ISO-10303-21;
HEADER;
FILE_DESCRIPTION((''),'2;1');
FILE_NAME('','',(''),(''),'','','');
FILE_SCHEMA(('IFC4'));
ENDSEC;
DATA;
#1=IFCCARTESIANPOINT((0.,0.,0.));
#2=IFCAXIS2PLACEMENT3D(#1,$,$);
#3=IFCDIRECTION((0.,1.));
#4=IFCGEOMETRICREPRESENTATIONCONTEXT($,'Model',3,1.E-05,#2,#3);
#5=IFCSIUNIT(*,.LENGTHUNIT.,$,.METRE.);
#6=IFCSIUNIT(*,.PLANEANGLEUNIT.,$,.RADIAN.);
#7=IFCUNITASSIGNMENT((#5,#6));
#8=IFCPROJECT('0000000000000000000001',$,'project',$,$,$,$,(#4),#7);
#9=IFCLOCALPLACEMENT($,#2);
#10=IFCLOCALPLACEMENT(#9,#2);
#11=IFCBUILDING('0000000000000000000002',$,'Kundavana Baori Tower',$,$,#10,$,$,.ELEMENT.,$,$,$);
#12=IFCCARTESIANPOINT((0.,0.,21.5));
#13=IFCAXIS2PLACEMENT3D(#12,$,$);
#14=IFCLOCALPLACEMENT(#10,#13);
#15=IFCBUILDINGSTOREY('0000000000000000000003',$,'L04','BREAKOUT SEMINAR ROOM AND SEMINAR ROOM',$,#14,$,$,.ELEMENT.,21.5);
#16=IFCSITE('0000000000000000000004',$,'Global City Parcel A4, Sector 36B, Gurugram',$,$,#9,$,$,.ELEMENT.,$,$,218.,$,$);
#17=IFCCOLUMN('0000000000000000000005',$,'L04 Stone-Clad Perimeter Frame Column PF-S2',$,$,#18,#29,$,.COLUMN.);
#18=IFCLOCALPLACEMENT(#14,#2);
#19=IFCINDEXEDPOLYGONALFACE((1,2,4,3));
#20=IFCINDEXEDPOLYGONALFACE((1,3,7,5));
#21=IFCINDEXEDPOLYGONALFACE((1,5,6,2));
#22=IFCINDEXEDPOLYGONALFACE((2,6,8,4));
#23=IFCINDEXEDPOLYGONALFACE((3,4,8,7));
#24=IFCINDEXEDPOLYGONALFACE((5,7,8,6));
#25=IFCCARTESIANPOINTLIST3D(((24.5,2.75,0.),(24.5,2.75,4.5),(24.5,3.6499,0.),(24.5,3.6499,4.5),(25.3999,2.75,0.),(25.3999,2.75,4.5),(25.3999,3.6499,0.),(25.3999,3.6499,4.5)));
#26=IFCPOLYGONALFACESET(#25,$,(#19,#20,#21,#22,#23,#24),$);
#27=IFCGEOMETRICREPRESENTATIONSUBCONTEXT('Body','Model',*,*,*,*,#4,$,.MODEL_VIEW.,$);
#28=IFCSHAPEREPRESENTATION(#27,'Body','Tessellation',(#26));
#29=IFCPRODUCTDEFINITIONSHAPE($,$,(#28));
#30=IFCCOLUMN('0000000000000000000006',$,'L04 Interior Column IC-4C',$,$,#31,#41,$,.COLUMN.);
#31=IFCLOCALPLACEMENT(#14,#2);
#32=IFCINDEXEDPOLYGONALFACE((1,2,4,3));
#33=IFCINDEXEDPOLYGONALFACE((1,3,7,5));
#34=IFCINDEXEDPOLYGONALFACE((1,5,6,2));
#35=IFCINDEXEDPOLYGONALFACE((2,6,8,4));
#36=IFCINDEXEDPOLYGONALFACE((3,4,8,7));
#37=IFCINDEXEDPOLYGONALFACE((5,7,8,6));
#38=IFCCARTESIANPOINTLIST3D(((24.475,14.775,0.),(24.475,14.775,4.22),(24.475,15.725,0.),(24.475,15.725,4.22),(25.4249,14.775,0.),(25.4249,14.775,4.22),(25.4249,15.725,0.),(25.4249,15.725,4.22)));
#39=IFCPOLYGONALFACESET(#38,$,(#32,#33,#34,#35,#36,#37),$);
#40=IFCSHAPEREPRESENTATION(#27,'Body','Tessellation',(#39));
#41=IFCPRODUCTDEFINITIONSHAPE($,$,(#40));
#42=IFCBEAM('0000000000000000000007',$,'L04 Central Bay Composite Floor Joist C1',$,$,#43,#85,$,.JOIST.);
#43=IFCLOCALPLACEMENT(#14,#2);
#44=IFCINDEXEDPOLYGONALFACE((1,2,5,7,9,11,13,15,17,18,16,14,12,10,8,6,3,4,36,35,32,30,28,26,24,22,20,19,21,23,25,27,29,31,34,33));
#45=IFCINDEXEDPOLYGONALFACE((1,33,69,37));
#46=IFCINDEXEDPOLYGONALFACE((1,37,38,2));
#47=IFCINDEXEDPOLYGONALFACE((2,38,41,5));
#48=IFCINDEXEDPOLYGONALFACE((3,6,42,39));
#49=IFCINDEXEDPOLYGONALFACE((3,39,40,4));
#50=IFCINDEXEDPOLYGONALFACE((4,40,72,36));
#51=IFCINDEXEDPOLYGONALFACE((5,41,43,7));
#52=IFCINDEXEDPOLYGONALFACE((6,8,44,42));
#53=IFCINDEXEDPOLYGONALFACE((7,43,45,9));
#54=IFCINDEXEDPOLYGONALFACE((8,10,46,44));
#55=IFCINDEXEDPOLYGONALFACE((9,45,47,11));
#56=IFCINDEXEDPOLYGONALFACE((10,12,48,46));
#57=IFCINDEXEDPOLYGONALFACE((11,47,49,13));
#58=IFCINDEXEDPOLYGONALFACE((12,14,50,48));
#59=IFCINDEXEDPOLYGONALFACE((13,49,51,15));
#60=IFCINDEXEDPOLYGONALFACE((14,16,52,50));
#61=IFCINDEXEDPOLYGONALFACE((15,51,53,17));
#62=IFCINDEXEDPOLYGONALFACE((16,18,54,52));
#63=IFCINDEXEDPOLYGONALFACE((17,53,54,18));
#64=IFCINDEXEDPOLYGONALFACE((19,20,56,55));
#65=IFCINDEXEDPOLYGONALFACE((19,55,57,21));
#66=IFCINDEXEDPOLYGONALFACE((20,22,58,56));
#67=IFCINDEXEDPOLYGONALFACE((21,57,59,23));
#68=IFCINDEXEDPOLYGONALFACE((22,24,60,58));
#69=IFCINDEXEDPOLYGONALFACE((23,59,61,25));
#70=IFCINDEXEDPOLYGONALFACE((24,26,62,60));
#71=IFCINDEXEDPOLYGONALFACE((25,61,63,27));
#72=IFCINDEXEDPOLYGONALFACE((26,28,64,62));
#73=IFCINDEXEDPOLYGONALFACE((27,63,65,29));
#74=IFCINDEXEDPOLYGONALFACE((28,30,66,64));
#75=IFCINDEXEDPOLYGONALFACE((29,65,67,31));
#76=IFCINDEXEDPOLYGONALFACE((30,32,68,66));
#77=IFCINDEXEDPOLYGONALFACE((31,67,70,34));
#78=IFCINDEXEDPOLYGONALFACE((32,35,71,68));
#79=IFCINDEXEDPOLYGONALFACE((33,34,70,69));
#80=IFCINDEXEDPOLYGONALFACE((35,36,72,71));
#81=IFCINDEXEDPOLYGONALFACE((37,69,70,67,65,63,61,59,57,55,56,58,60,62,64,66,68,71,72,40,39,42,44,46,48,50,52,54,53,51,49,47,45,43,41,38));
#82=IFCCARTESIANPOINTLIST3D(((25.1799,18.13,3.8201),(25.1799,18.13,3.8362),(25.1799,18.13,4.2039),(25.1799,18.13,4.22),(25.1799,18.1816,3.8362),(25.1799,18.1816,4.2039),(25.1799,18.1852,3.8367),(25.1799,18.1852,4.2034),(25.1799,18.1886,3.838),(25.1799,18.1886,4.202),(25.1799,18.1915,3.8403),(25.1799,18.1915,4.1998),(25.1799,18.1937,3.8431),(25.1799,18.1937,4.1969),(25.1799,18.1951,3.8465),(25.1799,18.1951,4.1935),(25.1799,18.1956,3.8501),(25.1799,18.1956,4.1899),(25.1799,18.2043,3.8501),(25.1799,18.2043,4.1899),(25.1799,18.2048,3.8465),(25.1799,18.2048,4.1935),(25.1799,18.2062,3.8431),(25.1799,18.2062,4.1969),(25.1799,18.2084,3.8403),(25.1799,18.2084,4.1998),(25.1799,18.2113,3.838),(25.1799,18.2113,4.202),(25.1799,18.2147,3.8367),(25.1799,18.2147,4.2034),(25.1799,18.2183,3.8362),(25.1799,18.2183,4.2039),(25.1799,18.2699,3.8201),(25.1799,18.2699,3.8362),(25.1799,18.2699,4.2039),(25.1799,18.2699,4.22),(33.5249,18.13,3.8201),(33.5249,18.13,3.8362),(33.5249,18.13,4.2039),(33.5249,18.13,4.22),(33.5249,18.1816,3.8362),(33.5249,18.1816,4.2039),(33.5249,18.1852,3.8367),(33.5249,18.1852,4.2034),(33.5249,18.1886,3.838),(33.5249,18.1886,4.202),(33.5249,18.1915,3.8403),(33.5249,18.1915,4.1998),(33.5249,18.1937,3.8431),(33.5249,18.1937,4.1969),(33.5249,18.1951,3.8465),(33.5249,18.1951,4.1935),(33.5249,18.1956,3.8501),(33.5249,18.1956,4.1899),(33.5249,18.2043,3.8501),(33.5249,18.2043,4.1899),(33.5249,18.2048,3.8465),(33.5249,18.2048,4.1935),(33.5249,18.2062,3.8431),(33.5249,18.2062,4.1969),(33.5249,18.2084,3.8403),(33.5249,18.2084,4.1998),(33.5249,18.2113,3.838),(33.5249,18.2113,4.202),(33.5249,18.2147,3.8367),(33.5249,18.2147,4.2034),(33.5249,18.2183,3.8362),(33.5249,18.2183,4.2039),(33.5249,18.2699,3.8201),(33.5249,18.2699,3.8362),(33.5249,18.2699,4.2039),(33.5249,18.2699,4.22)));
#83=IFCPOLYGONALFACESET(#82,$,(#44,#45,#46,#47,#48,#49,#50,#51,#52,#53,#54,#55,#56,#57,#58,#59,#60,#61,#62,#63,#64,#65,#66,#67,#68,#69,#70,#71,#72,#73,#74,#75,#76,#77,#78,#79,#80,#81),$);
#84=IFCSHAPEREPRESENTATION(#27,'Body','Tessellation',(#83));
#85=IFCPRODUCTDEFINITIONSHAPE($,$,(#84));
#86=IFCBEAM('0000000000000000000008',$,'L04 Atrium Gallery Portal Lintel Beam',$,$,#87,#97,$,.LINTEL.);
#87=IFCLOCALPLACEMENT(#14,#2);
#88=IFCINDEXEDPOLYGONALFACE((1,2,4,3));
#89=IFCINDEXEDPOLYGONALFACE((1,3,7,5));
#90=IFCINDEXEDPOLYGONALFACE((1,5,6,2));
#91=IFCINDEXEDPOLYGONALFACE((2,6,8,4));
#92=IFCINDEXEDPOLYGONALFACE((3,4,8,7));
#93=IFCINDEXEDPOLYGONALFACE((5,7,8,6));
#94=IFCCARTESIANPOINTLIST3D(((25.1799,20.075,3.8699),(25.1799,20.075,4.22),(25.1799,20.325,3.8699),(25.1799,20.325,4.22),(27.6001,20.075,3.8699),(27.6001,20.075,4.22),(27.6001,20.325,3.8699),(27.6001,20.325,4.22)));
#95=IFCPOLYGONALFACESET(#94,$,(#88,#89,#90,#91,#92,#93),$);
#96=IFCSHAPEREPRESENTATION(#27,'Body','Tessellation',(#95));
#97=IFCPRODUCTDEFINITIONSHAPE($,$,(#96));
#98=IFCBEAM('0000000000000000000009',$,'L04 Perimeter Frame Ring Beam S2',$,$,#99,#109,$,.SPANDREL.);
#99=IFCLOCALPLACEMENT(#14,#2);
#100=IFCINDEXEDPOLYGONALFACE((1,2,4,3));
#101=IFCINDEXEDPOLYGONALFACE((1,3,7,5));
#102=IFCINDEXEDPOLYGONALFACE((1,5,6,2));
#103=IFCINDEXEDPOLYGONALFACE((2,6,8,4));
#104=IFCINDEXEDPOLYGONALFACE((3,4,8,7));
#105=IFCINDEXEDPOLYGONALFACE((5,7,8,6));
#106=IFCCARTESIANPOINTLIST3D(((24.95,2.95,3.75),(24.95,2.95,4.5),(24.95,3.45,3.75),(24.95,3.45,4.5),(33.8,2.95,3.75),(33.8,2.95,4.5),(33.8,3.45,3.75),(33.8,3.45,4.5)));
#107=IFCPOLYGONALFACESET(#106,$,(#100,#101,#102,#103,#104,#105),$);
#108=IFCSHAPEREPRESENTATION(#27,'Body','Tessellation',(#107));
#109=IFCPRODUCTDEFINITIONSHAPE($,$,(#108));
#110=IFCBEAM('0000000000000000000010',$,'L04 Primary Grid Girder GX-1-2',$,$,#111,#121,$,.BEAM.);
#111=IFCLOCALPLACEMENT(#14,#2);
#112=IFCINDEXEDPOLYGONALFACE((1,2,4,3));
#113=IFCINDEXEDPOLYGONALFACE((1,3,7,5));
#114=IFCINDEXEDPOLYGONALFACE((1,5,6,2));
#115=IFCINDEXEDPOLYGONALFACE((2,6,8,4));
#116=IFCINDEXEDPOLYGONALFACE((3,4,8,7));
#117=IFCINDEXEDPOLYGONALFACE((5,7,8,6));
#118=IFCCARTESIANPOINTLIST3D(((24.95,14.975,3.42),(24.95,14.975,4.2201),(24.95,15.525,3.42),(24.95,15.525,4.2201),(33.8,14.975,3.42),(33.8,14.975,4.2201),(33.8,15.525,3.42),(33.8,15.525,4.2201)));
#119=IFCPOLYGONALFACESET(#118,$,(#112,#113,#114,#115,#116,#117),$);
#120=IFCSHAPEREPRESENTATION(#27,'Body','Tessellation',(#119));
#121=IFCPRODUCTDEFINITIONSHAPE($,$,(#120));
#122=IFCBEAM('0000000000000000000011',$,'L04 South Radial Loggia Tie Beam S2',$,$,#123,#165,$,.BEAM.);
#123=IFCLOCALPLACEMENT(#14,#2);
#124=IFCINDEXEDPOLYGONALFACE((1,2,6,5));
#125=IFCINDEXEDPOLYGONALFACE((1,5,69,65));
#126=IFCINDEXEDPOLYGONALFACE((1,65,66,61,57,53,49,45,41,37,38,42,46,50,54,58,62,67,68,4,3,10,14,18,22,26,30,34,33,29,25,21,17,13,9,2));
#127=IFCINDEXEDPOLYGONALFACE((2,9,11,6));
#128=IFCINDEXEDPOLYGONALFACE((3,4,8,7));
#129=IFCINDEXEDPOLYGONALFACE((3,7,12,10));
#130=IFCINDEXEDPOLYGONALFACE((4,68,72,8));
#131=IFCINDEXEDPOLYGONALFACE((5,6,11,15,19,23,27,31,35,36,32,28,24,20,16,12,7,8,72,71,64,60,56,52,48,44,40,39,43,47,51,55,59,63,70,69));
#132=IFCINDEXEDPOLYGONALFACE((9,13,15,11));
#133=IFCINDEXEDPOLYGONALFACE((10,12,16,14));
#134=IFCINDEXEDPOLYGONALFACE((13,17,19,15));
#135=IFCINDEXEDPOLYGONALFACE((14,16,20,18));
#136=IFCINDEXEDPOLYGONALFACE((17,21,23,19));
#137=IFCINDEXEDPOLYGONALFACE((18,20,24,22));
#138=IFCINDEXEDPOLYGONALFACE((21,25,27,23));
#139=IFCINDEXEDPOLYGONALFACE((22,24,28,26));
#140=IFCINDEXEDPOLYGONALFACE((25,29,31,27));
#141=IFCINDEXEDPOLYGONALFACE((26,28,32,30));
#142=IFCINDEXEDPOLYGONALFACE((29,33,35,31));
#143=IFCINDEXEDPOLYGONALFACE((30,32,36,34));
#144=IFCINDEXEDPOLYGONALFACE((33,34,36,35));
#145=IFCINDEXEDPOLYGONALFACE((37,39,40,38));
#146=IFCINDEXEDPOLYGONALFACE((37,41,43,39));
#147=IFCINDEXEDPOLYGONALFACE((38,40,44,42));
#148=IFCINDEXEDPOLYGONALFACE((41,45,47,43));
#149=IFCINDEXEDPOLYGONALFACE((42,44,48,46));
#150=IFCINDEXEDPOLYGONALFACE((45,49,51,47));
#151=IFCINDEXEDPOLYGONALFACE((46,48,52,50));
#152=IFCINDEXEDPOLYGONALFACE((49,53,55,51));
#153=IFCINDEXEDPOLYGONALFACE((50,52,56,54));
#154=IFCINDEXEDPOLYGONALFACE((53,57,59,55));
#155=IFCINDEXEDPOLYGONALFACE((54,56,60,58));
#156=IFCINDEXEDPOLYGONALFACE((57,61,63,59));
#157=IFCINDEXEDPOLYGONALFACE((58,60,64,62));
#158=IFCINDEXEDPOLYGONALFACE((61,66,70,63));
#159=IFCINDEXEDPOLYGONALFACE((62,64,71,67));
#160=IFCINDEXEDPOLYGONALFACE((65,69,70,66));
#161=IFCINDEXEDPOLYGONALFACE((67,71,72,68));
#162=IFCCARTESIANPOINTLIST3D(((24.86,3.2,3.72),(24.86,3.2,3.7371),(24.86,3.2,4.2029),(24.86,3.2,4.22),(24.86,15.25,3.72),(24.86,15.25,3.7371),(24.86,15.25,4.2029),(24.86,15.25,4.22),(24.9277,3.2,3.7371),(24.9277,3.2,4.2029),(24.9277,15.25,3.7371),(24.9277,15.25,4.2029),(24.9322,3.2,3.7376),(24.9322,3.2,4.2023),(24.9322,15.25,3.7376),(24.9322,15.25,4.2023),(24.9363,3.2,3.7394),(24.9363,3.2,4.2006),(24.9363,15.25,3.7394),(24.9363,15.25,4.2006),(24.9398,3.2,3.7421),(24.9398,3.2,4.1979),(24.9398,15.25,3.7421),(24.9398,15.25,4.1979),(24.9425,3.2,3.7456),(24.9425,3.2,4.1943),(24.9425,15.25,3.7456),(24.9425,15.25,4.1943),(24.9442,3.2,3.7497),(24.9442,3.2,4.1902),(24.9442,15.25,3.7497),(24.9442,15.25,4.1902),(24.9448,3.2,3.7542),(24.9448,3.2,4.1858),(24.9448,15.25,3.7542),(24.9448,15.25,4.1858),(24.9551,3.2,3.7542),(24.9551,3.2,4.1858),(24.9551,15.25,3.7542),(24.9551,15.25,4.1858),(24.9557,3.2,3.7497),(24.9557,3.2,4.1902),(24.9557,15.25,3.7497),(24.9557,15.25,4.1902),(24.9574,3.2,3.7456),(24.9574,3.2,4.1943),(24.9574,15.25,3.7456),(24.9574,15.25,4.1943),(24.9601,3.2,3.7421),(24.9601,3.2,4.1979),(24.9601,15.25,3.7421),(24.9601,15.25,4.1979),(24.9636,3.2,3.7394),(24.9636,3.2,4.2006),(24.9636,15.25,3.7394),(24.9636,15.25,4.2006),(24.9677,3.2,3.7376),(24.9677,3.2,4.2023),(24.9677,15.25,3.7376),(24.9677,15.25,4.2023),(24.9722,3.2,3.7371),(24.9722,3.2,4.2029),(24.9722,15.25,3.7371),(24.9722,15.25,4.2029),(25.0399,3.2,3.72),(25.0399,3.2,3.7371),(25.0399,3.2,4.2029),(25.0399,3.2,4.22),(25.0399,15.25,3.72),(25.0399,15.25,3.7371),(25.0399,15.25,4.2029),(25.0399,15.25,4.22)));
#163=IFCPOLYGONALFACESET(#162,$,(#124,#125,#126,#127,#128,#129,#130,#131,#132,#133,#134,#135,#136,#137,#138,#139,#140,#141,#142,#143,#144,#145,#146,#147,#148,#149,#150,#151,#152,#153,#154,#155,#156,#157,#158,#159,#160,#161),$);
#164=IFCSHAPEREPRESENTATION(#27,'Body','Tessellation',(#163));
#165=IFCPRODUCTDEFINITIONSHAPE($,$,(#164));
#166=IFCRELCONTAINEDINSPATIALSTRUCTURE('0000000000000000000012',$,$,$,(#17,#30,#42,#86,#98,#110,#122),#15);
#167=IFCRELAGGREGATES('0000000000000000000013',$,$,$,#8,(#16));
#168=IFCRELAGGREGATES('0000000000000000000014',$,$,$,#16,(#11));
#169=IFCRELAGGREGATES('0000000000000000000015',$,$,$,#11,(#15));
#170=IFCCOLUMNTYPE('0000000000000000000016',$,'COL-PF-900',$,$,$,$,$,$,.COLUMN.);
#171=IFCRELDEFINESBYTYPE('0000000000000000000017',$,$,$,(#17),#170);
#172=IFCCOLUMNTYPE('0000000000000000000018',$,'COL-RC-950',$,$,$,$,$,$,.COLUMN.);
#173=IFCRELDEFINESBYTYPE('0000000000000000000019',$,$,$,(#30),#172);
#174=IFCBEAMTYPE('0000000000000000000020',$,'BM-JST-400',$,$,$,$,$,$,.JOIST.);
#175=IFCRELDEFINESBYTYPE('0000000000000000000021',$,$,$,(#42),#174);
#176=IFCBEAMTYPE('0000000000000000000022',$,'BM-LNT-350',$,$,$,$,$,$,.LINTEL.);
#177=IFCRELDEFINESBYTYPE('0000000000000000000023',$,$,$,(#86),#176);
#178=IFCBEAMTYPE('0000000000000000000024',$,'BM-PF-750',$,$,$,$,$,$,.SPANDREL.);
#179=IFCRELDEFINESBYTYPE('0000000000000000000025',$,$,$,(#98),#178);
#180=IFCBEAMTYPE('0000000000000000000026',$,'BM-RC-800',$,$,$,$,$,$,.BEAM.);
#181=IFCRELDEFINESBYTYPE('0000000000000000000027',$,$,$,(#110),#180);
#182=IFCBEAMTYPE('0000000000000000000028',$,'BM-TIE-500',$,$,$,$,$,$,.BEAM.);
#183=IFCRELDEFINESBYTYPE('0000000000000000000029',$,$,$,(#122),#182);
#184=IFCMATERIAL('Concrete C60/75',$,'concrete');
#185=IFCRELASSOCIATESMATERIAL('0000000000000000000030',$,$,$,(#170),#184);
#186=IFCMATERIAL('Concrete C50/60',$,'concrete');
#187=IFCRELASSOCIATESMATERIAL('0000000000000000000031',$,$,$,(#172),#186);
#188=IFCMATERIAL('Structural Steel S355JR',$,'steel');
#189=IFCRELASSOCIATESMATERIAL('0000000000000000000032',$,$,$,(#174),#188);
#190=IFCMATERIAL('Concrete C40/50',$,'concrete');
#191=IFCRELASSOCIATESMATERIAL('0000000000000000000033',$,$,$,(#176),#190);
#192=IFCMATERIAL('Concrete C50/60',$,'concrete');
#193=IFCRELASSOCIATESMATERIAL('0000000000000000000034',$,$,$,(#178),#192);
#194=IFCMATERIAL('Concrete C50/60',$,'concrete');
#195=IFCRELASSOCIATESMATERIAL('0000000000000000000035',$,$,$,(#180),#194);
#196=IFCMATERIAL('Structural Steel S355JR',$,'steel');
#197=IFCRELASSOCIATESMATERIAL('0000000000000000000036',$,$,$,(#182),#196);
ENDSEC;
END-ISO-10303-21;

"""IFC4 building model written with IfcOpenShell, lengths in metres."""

from ifc_helpers import new_model, si_unit, direction, frame, origin, origin_2d, place, context, subcontext, project, spatial, rectangle, i_section, extrude, material, material_profile, profile_set, type_object, element, save


model = new_model("IFC4")

# Units and contexts
model_context = context("Model", 3, precision=1e-05, world=origin(), true_north=direction((0.0, 1.0)))
body_context = subcontext(model_context, "Body", "Model", "MODEL_VIEW")
ifc_project = project(units=[si_unit("LENGTHUNIT", "METRE"), si_unit("PLANEANGLEUNIT", "RADIAN")], contexts=[model_context])

# Site, building, storey
site_placement = place(None, origin())
site = spatial("IfcSite", under=ifc_project, at=site_placement, Name="Global City Parcel A4, Sector 36B, Gurugram", CompositionType="ELEMENT", RefElevation=218.0)
building_placement = place(site_placement, origin())
building = spatial("IfcBuilding", under=site, at=building_placement, Name="Kundavana Baori Tower", CompositionType="ELEMENT")
storey_placement = place(building_placement, frame((0.0, 0.0, 21.5)))
storey = spatial("IfcBuildingStorey", under=building, at=storey_placement, Name="L04", Description="BREAKOUT SEMINAR ROOM AND SEMINAR ROOM", CompositionType="ELEMENT", Elevation=21.5)

# Columns
ifc_material_1 = material(Name="Concrete C60/75", Category="concrete")
ifc_material_profile_1 = material_profile(ifc_material_1, rectangle(XDim=0.8999, YDim=0.8999, at=origin_2d()), Name="RC PF 900x900")
ifc_profile_set_1 = profile_set([ifc_material_profile_1], Name="Concrete C60/75")
column_type_1 = type_object("IfcColumnType", Name="COL-PF-900", PredefinedType="COLUMN", material=ifc_profile_set_1)
column_1_placement = place(storey_placement, frame((24.95, 3.2, 0.0), z_axis=(0.0, 0.0, 1.0), x_axis=(1.0, 0.0, 0.0)))
element("IfcColumn", 1, at=column_1_placement, inside=storey, type_object=column_type_1, Name="L04 Stone-Clad Perimeter Frame Column PF-S2", PredefinedType="COLUMN", context=body_context, shape_type="SweptSolid", body=[
    extrude(rectangle(XDim=0.8999, YDim=0.8999, at=origin_2d()), origin(), (0.0, 0.0, 1.0), 4.5),
])
ifc_material_2 = material(Name="Concrete C50/60", Category="concrete")
ifc_material_profile_2 = material_profile(ifc_material_2, rectangle(XDim=0.95, YDim=0.95, at=origin_2d()), Name="RC 950x950")
ifc_profile_set_2 = profile_set([ifc_material_profile_2], Name="Concrete C50/60")
column_type_2 = type_object("IfcColumnType", Name="COL-RC-950", PredefinedType="COLUMN", material=ifc_profile_set_2)
column_2_placement = place(storey_placement, frame((24.95, 15.25, 0.0), z_axis=(0.0, 0.0, 1.0), x_axis=(1.0, 0.0, 0.0)))
element("IfcColumn", 2, at=column_2_placement, inside=storey, type_object=column_type_2, Name="L04 Interior Column IC-4C", PredefinedType="COLUMN", context=body_context, shape_type="SweptSolid", body=[
    extrude(rectangle(XDim=0.95, YDim=0.95, at=origin_2d()), origin(), (0.0, 0.0, 1.0), 4.22),
])

# Beams
ifc_material_3 = material(Name="Structural Steel S355JR", Category="steel")
ifc_material_profile_3 = material_profile(ifc_material_3, i_section(OverallWidth=0.1399, OverallDepth=0.3999, WebThickness=0.0088, FlangeThickness=0.0161, FilletRadius=0.0139, at=origin_2d()), Name="ISMB 400")
ifc_profile_set_3 = profile_set([ifc_material_profile_3], Name="Structural Steel S355JR")
beam_type_1 = type_object("IfcBeamType", Name="BM-JST-400", PredefinedType="JOIST", material=ifc_profile_set_3)
beam_1_placement = place(storey_placement, frame((25.1799, 18.2, 4.02), z_axis=(1.0, 0.0, 0.0), x_axis=(0.0, 1.0, 0.0)))
element("IfcBeam", 3, at=beam_1_placement, inside=storey, type_object=beam_type_1, Name="L04 Central Bay Composite Floor Joist C1", PredefinedType="JOIST", context=body_context, shape_type="SweptSolid", body=[
    extrude(i_section(OverallWidth=0.1399, OverallDepth=0.3999, WebThickness=0.0088, FlangeThickness=0.0161, FilletRadius=0.0139, at=origin_2d()), origin(), (0.0, 0.0, 1.0), 8.345),
])
ifc_material_4 = material(Name="Concrete C40/50", Category="concrete")
ifc_material_profile_4 = material_profile(ifc_material_4, rectangle(XDim=0.25, YDim=0.3501, at=origin_2d()), Name="RC LNT 250x350")
ifc_profile_set_4 = profile_set([ifc_material_profile_4], Name="Concrete C40/50")
beam_type_2 = type_object("IfcBeamType", Name="BM-LNT-350", PredefinedType="LINTEL", material=ifc_profile_set_4)
beam_2_placement = place(storey_placement, frame((25.1799, 20.2, 4.0449), z_axis=(1.0, 0.0, 0.0), x_axis=(0.0, 1.0, 0.0)))
element("IfcBeam", 4, at=beam_2_placement, inside=storey, type_object=beam_type_2, Name="L04 Atrium Gallery Portal Lintel Beam", PredefinedType="LINTEL", context=body_context, shape_type="SweptSolid", body=[
    extrude(rectangle(XDim=0.25, YDim=0.3501, at=origin_2d()), origin(), (0.0, 0.0, 1.0), 2.4202),
])
ifc_material_5 = material(Name="Concrete C50/60", Category="concrete")
ifc_material_profile_5 = material_profile(ifc_material_5, rectangle(XDim=0.5, YDim=0.75, at=origin_2d()), Name="RC BM 500x750")
ifc_profile_set_5 = profile_set([ifc_material_profile_5], Name="Concrete C50/60")
beam_type_3 = type_object("IfcBeamType", Name="BM-PF-750", PredefinedType="SPANDREL", material=ifc_profile_set_5)
beam_3_placement = place(storey_placement, frame((24.95, 3.2, 4.125), z_axis=(1.0, 0.0, 0.0), x_axis=(0.0, 1.0, 0.0)))
element("IfcBeam", 5, at=beam_3_placement, inside=storey, type_object=beam_type_3, Name="L04 Perimeter Frame Ring Beam S2", PredefinedType="SPANDREL", context=body_context, shape_type="SweptSolid", body=[
    extrude(rectangle(XDim=0.5, YDim=0.75, at=origin_2d()), origin(), (0.0, 0.0, 1.0), 8.8501),
])
ifc_material_6 = material(Name="Concrete C50/60", Category="concrete")
ifc_material_profile_6 = material_profile(ifc_material_6, rectangle(XDim=0.55, YDim=0.8, at=origin_2d()), Name="RC BM 550x800")
ifc_profile_set_6 = profile_set([ifc_material_profile_6], Name="Concrete C50/60")
beam_type_4 = type_object("IfcBeamType", Name="BM-RC-800", PredefinedType="BEAM", material=ifc_profile_set_6)
beam_4_placement = place(storey_placement, frame((24.95, 15.25, 3.8201), z_axis=(1.0, 0.0, 0.0), x_axis=(0.0, 1.0, 0.0)))
element("IfcBeam", 6, at=beam_4_placement, inside=storey, type_object=beam_type_4, Name="L04 Primary Grid Girder GX-1-2", PredefinedType="BEAM", context=body_context, shape_type="SweptSolid", body=[
    extrude(rectangle(XDim=0.55, YDim=0.8, at=origin_2d()), origin(), (0.0, 0.0, 1.0), 8.8501),
])
ifc_material_7 = material(Name="Structural Steel S355JR", Category="steel")
ifc_material_profile_7 = material_profile(ifc_material_7, i_section(OverallWidth=0.1799, OverallDepth=0.5, WebThickness=0.0103, FlangeThickness=0.0171, FilletRadius=0.0171, at=origin_2d()), Name="ISMB 500")
ifc_profile_set_7 = profile_set([ifc_material_profile_7], Name="Structural Steel S355JR")
beam_type_5 = type_object("IfcBeamType", Name="BM-TIE-500", PredefinedType="BEAM", material=ifc_profile_set_7)
beam_5_placement = place(storey_placement, frame((24.95, 15.25, 3.97), z_axis=(0.0, -1.0, 0.0), x_axis=(1.0, 0.0, 0.0)))
element("IfcBeam", 7, at=beam_5_placement, inside=storey, type_object=beam_type_5, Name="L04 South Radial Loggia Tie Beam S2", PredefinedType="BEAM", context=body_context, shape_type="SweptSolid", body=[
    extrude(i_section(OverallWidth=0.1799, OverallDepth=0.5, WebThickness=0.0103, FlangeThickness=0.0171, FilletRadius=0.0171, at=origin_2d()), origin(), (0.0, 0.0, 1.0), 12.05),
])

save(model, "model.ifc")
